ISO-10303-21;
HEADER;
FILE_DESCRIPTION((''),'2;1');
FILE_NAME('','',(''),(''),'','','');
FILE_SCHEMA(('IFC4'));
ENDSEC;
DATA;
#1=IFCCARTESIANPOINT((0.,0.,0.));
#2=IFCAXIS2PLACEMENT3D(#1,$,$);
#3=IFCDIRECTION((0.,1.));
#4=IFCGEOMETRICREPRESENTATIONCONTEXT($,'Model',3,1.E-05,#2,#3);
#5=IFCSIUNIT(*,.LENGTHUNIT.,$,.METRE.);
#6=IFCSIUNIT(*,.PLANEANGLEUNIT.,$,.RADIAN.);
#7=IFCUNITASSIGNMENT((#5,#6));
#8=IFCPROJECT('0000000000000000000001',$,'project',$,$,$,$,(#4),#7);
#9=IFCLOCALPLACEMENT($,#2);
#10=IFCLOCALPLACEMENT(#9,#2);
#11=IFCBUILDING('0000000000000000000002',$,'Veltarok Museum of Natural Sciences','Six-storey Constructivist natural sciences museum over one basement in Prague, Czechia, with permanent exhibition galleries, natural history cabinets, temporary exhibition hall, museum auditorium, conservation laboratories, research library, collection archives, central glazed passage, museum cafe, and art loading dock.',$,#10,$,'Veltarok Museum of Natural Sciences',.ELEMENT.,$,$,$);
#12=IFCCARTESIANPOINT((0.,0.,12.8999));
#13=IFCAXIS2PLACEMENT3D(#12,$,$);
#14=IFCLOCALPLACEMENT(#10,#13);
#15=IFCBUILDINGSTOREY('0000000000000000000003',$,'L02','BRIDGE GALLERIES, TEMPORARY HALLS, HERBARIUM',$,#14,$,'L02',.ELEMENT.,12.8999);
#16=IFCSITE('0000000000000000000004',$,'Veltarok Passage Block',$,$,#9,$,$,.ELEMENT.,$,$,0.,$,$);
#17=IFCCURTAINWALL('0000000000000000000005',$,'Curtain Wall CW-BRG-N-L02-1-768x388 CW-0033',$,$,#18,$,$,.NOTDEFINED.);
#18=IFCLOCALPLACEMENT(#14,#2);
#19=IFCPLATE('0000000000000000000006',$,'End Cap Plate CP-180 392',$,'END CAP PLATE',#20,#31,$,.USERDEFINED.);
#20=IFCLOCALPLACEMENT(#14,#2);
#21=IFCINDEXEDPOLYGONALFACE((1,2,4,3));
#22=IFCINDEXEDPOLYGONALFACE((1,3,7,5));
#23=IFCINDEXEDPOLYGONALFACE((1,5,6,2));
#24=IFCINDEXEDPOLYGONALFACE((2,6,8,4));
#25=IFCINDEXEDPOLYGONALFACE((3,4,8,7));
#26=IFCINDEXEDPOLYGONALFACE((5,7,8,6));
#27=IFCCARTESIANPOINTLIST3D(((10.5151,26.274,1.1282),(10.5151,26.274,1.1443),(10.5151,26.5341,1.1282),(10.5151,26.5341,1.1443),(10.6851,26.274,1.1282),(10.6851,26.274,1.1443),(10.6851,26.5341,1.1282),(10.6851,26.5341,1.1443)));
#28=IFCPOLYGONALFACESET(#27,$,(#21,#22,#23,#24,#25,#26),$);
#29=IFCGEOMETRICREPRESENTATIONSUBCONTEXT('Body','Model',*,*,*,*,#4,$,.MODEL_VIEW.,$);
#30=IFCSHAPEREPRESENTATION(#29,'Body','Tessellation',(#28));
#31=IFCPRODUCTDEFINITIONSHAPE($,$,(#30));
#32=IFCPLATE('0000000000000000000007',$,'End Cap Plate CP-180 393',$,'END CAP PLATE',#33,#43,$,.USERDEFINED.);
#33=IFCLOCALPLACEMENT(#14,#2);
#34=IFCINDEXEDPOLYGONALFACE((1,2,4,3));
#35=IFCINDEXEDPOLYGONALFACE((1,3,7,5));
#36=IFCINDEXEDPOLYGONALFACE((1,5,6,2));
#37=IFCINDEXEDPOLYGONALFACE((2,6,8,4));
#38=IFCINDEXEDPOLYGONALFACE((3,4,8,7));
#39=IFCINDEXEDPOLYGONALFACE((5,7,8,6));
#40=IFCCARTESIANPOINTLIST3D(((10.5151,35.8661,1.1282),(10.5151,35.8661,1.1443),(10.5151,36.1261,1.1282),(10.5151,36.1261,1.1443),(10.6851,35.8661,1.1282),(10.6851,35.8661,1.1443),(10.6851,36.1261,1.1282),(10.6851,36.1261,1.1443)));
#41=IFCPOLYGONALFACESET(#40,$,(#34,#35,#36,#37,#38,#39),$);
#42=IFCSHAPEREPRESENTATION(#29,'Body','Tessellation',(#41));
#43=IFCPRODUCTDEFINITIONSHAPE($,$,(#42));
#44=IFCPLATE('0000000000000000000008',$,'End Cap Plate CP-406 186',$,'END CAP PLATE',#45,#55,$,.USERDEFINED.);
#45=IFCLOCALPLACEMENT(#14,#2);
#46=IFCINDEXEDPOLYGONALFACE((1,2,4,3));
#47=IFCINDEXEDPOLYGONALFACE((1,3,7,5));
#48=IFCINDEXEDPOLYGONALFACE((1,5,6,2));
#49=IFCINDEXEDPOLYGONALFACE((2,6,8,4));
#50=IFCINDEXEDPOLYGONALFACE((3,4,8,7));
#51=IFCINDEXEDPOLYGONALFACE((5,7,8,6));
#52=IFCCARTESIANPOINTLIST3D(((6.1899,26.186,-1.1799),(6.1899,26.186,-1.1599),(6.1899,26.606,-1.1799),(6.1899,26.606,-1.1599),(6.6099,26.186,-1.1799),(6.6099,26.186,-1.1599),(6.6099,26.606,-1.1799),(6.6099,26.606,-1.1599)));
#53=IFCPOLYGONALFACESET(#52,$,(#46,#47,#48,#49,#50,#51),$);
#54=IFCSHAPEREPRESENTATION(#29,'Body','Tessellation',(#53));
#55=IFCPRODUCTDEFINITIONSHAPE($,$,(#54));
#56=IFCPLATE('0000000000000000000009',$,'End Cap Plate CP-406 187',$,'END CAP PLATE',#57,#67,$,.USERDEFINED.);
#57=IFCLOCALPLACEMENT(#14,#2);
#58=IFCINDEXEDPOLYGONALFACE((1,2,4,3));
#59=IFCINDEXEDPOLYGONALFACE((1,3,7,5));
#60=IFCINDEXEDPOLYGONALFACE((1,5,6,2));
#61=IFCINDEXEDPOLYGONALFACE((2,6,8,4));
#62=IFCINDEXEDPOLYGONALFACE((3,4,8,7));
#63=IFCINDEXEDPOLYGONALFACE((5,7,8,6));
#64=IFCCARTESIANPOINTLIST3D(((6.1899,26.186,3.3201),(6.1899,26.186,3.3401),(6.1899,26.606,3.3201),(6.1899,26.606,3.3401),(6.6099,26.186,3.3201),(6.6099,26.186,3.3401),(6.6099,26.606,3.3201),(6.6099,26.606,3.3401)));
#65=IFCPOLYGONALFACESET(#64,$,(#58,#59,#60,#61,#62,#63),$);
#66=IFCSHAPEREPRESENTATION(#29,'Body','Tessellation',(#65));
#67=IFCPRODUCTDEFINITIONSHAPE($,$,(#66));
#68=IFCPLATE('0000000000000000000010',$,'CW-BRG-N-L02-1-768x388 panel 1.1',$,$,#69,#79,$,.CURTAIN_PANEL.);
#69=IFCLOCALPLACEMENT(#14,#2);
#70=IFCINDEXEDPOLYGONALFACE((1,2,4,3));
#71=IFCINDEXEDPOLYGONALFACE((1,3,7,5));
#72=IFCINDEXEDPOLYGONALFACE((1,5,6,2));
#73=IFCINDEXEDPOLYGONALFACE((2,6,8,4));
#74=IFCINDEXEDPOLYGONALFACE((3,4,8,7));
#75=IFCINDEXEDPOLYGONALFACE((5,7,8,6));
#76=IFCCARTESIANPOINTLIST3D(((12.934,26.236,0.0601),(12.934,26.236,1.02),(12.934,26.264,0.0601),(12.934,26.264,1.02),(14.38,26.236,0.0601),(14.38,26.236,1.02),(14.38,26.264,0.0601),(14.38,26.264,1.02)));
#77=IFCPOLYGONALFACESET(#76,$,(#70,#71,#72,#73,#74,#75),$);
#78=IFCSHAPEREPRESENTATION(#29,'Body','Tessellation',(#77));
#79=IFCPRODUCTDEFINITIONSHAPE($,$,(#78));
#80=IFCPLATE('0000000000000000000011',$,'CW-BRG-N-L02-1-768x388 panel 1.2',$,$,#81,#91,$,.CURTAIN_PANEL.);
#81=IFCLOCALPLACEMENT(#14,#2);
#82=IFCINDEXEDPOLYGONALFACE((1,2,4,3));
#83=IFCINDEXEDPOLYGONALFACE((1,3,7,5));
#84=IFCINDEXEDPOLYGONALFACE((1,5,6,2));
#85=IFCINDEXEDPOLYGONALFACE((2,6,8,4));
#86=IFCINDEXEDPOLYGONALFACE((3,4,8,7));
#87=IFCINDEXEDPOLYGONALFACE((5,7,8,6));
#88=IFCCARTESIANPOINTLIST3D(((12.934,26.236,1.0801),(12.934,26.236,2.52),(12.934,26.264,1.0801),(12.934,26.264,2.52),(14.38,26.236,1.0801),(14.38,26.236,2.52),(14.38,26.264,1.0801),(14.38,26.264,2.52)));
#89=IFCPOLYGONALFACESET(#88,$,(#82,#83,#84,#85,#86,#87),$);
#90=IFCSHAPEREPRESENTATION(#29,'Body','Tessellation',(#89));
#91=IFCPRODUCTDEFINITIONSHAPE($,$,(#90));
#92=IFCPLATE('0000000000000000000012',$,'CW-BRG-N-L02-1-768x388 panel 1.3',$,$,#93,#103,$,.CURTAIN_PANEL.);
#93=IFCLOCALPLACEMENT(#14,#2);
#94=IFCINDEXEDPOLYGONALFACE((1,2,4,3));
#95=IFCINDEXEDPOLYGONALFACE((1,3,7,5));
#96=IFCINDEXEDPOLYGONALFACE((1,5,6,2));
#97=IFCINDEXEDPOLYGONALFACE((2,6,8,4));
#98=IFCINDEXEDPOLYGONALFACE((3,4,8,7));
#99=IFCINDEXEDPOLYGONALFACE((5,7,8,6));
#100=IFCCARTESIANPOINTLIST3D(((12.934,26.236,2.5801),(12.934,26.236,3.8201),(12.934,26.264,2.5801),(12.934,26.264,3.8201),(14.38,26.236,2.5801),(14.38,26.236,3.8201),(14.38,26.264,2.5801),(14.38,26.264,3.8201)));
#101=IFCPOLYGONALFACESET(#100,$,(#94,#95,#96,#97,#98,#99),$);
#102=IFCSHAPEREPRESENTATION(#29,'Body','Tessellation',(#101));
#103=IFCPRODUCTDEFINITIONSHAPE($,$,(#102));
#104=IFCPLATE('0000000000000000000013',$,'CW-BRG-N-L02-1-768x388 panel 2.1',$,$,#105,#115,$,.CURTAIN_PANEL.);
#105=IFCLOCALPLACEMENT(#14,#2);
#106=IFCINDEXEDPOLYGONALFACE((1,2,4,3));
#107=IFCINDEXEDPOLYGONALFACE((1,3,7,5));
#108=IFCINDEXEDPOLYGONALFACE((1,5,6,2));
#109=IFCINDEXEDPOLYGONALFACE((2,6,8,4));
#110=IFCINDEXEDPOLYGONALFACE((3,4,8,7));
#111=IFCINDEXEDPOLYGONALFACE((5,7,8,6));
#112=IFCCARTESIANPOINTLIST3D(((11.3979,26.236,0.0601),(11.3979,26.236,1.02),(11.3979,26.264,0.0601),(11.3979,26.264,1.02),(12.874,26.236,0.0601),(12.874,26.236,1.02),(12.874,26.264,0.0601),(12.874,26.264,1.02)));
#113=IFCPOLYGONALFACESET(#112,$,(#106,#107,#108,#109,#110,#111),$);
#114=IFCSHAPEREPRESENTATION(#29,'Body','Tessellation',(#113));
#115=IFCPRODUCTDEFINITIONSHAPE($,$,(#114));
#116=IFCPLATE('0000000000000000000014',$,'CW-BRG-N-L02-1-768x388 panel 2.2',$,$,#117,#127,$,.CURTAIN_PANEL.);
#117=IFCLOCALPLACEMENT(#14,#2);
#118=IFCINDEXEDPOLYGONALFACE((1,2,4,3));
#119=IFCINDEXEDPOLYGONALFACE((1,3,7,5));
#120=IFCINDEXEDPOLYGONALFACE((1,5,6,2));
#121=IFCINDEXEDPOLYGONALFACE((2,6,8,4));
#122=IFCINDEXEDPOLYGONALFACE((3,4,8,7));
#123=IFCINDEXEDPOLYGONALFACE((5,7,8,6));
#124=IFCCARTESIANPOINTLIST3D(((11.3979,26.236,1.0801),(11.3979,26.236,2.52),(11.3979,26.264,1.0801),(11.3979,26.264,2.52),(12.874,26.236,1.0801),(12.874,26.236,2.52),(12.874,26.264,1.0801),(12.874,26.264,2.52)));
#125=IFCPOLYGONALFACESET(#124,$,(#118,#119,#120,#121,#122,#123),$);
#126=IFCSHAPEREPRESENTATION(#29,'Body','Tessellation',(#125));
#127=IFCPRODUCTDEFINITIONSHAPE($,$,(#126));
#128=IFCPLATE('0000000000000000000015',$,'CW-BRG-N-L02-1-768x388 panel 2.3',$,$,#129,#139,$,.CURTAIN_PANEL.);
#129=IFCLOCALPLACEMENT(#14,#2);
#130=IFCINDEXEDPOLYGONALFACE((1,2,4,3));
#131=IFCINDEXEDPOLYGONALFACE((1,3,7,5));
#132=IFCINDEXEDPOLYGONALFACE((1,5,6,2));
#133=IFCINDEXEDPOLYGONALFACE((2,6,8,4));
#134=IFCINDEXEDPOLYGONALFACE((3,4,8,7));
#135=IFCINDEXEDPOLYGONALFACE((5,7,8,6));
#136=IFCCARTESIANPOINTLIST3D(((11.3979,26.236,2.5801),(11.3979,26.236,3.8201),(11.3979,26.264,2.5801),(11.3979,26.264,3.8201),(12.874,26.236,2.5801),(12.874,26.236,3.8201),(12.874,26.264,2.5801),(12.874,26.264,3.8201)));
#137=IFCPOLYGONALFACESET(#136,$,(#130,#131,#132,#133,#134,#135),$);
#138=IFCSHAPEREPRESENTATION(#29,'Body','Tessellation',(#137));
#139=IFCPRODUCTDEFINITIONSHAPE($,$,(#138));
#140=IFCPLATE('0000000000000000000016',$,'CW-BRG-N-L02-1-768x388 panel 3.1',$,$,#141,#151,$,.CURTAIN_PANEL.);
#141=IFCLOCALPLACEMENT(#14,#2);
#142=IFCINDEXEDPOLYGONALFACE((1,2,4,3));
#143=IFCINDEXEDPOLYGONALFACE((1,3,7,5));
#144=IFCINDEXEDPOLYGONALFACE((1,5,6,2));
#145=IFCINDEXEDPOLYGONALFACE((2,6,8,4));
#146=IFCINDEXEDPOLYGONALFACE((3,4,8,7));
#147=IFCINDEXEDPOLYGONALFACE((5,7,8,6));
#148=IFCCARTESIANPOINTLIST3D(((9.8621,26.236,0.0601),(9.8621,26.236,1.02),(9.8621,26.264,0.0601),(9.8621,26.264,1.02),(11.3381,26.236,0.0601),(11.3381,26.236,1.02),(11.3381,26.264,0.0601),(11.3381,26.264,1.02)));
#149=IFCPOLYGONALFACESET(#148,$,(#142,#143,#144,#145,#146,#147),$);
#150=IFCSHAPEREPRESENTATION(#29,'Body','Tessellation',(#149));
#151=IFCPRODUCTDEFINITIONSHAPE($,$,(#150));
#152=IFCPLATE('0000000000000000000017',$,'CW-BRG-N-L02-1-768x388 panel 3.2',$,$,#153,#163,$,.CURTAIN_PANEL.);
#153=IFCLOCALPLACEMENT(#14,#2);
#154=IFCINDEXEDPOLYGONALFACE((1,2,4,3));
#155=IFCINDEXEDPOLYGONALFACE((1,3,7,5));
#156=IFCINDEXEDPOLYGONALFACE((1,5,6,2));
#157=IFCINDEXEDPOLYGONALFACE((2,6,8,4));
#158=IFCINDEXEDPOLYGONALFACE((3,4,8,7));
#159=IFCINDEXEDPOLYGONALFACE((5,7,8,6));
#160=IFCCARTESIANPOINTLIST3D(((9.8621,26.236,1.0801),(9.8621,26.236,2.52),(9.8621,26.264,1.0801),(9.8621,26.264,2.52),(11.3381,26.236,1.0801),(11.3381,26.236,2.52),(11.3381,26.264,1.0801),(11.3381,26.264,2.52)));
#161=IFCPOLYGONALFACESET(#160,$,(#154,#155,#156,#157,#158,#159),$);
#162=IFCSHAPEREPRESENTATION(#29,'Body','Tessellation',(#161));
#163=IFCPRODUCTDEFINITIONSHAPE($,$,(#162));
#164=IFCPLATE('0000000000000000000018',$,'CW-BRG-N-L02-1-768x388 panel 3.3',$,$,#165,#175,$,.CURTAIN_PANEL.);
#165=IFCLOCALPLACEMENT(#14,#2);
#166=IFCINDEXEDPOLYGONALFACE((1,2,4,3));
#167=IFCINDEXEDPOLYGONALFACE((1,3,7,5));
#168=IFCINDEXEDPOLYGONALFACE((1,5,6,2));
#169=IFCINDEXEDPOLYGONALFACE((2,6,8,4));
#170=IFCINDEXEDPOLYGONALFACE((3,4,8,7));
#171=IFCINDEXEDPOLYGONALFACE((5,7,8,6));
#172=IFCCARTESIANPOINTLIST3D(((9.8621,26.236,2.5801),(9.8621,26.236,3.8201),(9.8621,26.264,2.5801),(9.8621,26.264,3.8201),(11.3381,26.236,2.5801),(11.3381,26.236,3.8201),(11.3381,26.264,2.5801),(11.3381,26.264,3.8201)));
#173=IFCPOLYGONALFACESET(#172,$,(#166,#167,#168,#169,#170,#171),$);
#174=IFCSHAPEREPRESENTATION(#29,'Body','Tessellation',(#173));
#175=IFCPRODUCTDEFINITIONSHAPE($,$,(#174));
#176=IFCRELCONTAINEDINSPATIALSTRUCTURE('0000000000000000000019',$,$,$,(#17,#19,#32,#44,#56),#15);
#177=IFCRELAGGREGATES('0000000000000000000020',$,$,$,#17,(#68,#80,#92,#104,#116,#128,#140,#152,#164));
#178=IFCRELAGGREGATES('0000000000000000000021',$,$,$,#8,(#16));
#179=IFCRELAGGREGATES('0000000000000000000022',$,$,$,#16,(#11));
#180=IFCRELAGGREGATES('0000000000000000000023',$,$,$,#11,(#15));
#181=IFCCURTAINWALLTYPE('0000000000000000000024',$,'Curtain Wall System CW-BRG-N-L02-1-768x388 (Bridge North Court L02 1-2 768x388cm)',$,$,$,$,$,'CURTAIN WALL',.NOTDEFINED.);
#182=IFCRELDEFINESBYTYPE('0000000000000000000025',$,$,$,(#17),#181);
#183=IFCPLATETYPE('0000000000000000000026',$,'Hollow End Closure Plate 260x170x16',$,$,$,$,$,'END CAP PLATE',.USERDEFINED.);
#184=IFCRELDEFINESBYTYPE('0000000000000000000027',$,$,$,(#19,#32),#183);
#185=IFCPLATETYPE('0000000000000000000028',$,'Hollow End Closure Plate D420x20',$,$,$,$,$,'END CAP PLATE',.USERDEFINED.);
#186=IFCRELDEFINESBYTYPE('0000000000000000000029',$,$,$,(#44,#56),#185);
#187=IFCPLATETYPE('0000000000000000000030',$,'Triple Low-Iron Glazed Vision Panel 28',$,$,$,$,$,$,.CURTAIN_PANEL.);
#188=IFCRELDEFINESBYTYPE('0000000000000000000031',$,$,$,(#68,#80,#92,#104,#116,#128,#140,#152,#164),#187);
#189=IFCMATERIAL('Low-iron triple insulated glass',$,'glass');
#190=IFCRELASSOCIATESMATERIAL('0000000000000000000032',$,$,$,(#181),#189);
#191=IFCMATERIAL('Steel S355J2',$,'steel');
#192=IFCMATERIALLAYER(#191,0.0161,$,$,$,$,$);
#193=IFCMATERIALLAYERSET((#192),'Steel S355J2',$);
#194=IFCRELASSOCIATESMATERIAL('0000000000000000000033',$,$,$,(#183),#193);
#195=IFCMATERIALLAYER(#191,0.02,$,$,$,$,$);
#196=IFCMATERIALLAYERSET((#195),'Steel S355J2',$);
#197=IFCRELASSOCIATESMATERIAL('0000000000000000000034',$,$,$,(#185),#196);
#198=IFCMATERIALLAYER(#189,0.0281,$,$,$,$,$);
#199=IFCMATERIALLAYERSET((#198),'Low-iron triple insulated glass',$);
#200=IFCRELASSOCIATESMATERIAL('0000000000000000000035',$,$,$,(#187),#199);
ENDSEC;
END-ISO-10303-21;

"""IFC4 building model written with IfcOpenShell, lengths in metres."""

from ifc_helpers import new_model, si_unit, direction, frame, origin, origin_2d, place, context, subcontext, project, spatial, rectangle, extrude, material, layer, layer_set, type_object, element, aggregate, save


model = new_model("IFC4")

# Units and contexts
model_context = context("Model", 3, precision=1e-05, world=origin(), true_north=direction((0.0, 1.0)))
body_context = subcontext(model_context, "Body", "Model", "MODEL_VIEW")
ifc_project = project(units=[si_unit("LENGTHUNIT", "METRE"), si_unit("PLANEANGLEUNIT", "RADIAN")], contexts=[model_context])

# Site, building, storey
site_placement = place(None, origin())
site = spatial("IfcSite", under=ifc_project, at=site_placement, Name="Veltarok Passage Block", CompositionType="ELEMENT", RefElevation=0.0)
building_placement = place(site_placement, origin())
building = spatial("IfcBuilding", under=site, at=building_placement, Name="Veltarok Museum of Natural Sciences", Description="Six-storey Constructivist natural sciences museum over one basement in Prague, Czechia, with permanent exhibition galleries, natural history cabinets, temporary exhibition hall, museum auditorium, conservation laboratories, research library, collection archives, central glazed passage, museum cafe, and art loading dock.", LongName="Veltarok Museum of Natural Sciences", CompositionType="ELEMENT")
storey_placement = place(building_placement, frame((0.0, 0.0, 12.8999)))
storey = spatial("IfcBuildingStorey", under=building, at=storey_placement, Name="L02", Description="BRIDGE GALLERIES, TEMPORARY HALLS, HERBARIUM", LongName="L02", CompositionType="ELEMENT", Elevation=12.8999)

# Shared definitions
ifc_material_1 = material(Name="Steel S355J2", Category="steel")

# Curtain wall
ifc_material_2 = material(Name="Low-iron triple insulated glass", Category="glass")
curtain_wall_type = type_object("IfcCurtainWallType", Name="Curtain Wall System CW-BRG-N-L02-1-768x388 (Bridge North Court L02 1-2 768x388cm)", ElementType="CURTAIN WALL", PredefinedType="NOTDEFINED", material=ifc_material_2)
curtain_wall_placement = place(storey_placement, origin())
curtain_wall = element("IfcCurtainWall", 1, at=curtain_wall_placement, inside=storey, type_object=curtain_wall_type, Name="Curtain Wall CW-BRG-N-L02-1-768x388 CW-0033", PredefinedType="NOTDEFINED")

# Plates
ifc_layer_1 = layer(ifc_material_1, 0.0161)
ifc_layer_set_1 = layer_set([ifc_layer_1], Name="Steel S355J2")
plate_type_1 = type_object("IfcPlateType", Name="Hollow End Closure Plate 260x170x16", ElementType="END CAP PLATE", PredefinedType="USERDEFINED", material=ifc_layer_set_1)
for number, where, z_axis, x_axis, name in (
    (2, (10.6001, 26.4041, 1.1282), (0.0, 0.0, 1.0), (0.0, 1.0, 0.0), "End Cap Plate CP-180 392"),
    (3, (10.6001, 35.9961, 1.1282), (0.0, 0.0, 1.0), (0.0, 1.0, 0.0), "End Cap Plate CP-180 393"),
):
    element("IfcPlate", number, at=place(storey_placement, frame(where, z_axis=z_axis, x_axis=x_axis)), inside=storey, type_object=plate_type_1, Name=name, ObjectType="END CAP PLATE", PredefinedType="USERDEFINED", context=body_context, shape_type="SweptSolid", body=[
        extrude(rectangle(XDim=0.26, YDim=0.1699, at=origin_2d()), origin(), (0.0, 0.0, 1.0), 0.0161),
    ])
ifc_layer_2 = layer(ifc_material_1, 0.02)
ifc_layer_set_2 = layer_set([ifc_layer_2], Name="Steel S355J2")
plate_type_2 = type_object("IfcPlateType", Name="Hollow End Closure Plate D420x20", ElementType="END CAP PLATE", PredefinedType="USERDEFINED", material=ifc_layer_set_2)
for number, where, z_axis, x_axis, name in (
    (4, (6.3999, 26.396, -1.1799), (0.0, 0.0, 1.0), (0.0, 1.0, 0.0), "End Cap Plate CP-406 186"),
    (5, (6.3999, 26.396, 3.3201), (0.0, 0.0, 1.0), (0.0, 1.0, 0.0), "End Cap Plate CP-406 187"),
):
    element("IfcPlate", number, at=place(storey_placement, frame(where, z_axis=z_axis, x_axis=x_axis)), inside=storey, type_object=plate_type_2, Name=name, ObjectType="END CAP PLATE", PredefinedType="USERDEFINED", context=body_context, shape_type="SweptSolid", body=[
        extrude(rectangle(XDim=0.4199, YDim=0.4199, at=origin_2d()), origin(), (0.0, 0.0, 1.0), 0.02),
    ])

# Plates
ifc_layer_3 = layer(ifc_material_2, 0.0281)
ifc_layer_set_3 = layer_set([ifc_layer_3], Name="Low-iron triple insulated glass")
plate_type_3 = type_object("IfcPlateType", Name="Triple Low-Iron Glazed Vision Panel 28", PredefinedType="CURTAIN_PANEL", material=ifc_layer_set_3)
plate_1_placement = place(storey_placement, frame((13.657, 26.25, 0.0601), z_axis=(0.0, 0.0, 1.0), x_axis=(-1.0, 0.0, 0.0)))
plate_1 = element("IfcPlate", 6, at=plate_1_placement, type_object=plate_type_3, Name="CW-BRG-N-L02-1-768x388 panel 1.1", PredefinedType="CURTAIN_PANEL", context=body_context, shape_type="SweptSolid", body=[
    extrude(rectangle(XDim=1.446, YDim=0.0281, at=origin_2d()), origin(), (0.0, 0.0, 1.0), 0.96),
])
plate_2_placement = place(storey_placement, frame((13.657, 26.25, 1.0801), z_axis=(0.0, 0.0, 1.0), x_axis=(-1.0, 0.0, 0.0)))
plate_2 = element("IfcPlate", 7, at=plate_2_placement, type_object=plate_type_3, Name="CW-BRG-N-L02-1-768x388 panel 1.2", PredefinedType="CURTAIN_PANEL", context=body_context, shape_type="SweptSolid", body=[
    extrude(rectangle(XDim=1.446, YDim=0.0281, at=origin_2d()), origin(), (0.0, 0.0, 1.0), 1.4399),
])
plate_3_placement = place(storey_placement, frame((13.657, 26.25, 2.5801), z_axis=(0.0, 0.0, 1.0), x_axis=(-1.0, 0.0, 0.0)))
plate_3 = element("IfcPlate", 8, at=plate_3_placement, type_object=plate_type_3, Name="CW-BRG-N-L02-1-768x388 panel 1.3", PredefinedType="CURTAIN_PANEL", context=body_context, shape_type="SweptSolid", body=[
    extrude(rectangle(XDim=1.446, YDim=0.0281, at=origin_2d()), origin(), (0.0, 0.0, 1.0), 1.24),
])
plate_4_placement = place(storey_placement, frame((12.136, 26.25, 0.0601), z_axis=(0.0, 0.0, 1.0), x_axis=(-1.0, 0.0, 0.0)))
plate_4 = element("IfcPlate", 9, at=plate_4_placement, type_object=plate_type_3, Name="CW-BRG-N-L02-1-768x388 panel 2.1", PredefinedType="CURTAIN_PANEL", context=body_context, shape_type="SweptSolid", body=[
    extrude(rectangle(XDim=1.4761, YDim=0.0281, at=origin_2d()), origin(), (0.0, 0.0, 1.0), 0.96),
])
plate_5_placement = place(storey_placement, frame((12.136, 26.25, 1.0801), z_axis=(0.0, 0.0, 1.0), x_axis=(-1.0, 0.0, 0.0)))
plate_5 = element("IfcPlate", 10, at=plate_5_placement, type_object=plate_type_3, Name="CW-BRG-N-L02-1-768x388 panel 2.2", PredefinedType="CURTAIN_PANEL", context=body_context, shape_type="SweptSolid", body=[
    extrude(rectangle(XDim=1.4761, YDim=0.0281, at=origin_2d()), origin(), (0.0, 0.0, 1.0), 1.4399),
])
plate_6_placement = place(storey_placement, frame((12.136, 26.25, 2.5801), z_axis=(0.0, 0.0, 1.0), x_axis=(-1.0, 0.0, 0.0)))
plate_6 = element("IfcPlate", 11, at=plate_6_placement, type_object=plate_type_3, Name="CW-BRG-N-L02-1-768x388 panel 2.3", PredefinedType="CURTAIN_PANEL", context=body_context, shape_type="SweptSolid", body=[
    extrude(rectangle(XDim=1.4761, YDim=0.0281, at=origin_2d()), origin(), (0.0, 0.0, 1.0), 1.24),
])
plate_7_placement = place(storey_placement, frame((10.6001, 26.25, 0.0601), z_axis=(0.0, 0.0, 1.0), x_axis=(-1.0, 0.0, 0.0)))
plate_7 = element("IfcPlate", 12, at=plate_7_placement, type_object=plate_type_3, Name="CW-BRG-N-L02-1-768x388 panel 3.1", PredefinedType="CURTAIN_PANEL", context=body_context, shape_type="SweptSolid", body=[
    extrude(rectangle(XDim=1.4761, YDim=0.0281, at=origin_2d()), origin(), (0.0, 0.0, 1.0), 0.96),
])
plate_8_placement = place(storey_placement, frame((10.6001, 26.25, 1.0801), z_axis=(0.0, 0.0, 1.0), x_axis=(-1.0, 0.0, 0.0)))
plate_8 = element("IfcPlate", 13, at=plate_8_placement, type_object=plate_type_3, Name="CW-BRG-N-L02-1-768x388 panel 3.2", PredefinedType="CURTAIN_PANEL", context=body_context, shape_type="SweptSolid", body=[
    extrude(rectangle(XDim=1.4761, YDim=0.0281, at=origin_2d()), origin(), (0.0, 0.0, 1.0), 1.4399),
])
plate_9_placement = place(storey_placement, frame((10.6001, 26.25, 2.5801), z_axis=(0.0, 0.0, 1.0), x_axis=(-1.0, 0.0, 0.0)))
plate_9 = element("IfcPlate", 14, at=plate_9_placement, type_object=plate_type_3, Name="CW-BRG-N-L02-1-768x388 panel 3.3", PredefinedType="CURTAIN_PANEL", context=body_context, shape_type="SweptSolid", body=[
    extrude(rectangle(XDim=1.4761, YDim=0.0281, at=origin_2d()), origin(), (0.0, 0.0, 1.0), 1.24),
])
aggregate(curtain_wall, [plate_1, plate_2, plate_3, plate_4, plate_5, plate_6, plate_7, plate_8, plate_9])

save(model, "model.ifc")
